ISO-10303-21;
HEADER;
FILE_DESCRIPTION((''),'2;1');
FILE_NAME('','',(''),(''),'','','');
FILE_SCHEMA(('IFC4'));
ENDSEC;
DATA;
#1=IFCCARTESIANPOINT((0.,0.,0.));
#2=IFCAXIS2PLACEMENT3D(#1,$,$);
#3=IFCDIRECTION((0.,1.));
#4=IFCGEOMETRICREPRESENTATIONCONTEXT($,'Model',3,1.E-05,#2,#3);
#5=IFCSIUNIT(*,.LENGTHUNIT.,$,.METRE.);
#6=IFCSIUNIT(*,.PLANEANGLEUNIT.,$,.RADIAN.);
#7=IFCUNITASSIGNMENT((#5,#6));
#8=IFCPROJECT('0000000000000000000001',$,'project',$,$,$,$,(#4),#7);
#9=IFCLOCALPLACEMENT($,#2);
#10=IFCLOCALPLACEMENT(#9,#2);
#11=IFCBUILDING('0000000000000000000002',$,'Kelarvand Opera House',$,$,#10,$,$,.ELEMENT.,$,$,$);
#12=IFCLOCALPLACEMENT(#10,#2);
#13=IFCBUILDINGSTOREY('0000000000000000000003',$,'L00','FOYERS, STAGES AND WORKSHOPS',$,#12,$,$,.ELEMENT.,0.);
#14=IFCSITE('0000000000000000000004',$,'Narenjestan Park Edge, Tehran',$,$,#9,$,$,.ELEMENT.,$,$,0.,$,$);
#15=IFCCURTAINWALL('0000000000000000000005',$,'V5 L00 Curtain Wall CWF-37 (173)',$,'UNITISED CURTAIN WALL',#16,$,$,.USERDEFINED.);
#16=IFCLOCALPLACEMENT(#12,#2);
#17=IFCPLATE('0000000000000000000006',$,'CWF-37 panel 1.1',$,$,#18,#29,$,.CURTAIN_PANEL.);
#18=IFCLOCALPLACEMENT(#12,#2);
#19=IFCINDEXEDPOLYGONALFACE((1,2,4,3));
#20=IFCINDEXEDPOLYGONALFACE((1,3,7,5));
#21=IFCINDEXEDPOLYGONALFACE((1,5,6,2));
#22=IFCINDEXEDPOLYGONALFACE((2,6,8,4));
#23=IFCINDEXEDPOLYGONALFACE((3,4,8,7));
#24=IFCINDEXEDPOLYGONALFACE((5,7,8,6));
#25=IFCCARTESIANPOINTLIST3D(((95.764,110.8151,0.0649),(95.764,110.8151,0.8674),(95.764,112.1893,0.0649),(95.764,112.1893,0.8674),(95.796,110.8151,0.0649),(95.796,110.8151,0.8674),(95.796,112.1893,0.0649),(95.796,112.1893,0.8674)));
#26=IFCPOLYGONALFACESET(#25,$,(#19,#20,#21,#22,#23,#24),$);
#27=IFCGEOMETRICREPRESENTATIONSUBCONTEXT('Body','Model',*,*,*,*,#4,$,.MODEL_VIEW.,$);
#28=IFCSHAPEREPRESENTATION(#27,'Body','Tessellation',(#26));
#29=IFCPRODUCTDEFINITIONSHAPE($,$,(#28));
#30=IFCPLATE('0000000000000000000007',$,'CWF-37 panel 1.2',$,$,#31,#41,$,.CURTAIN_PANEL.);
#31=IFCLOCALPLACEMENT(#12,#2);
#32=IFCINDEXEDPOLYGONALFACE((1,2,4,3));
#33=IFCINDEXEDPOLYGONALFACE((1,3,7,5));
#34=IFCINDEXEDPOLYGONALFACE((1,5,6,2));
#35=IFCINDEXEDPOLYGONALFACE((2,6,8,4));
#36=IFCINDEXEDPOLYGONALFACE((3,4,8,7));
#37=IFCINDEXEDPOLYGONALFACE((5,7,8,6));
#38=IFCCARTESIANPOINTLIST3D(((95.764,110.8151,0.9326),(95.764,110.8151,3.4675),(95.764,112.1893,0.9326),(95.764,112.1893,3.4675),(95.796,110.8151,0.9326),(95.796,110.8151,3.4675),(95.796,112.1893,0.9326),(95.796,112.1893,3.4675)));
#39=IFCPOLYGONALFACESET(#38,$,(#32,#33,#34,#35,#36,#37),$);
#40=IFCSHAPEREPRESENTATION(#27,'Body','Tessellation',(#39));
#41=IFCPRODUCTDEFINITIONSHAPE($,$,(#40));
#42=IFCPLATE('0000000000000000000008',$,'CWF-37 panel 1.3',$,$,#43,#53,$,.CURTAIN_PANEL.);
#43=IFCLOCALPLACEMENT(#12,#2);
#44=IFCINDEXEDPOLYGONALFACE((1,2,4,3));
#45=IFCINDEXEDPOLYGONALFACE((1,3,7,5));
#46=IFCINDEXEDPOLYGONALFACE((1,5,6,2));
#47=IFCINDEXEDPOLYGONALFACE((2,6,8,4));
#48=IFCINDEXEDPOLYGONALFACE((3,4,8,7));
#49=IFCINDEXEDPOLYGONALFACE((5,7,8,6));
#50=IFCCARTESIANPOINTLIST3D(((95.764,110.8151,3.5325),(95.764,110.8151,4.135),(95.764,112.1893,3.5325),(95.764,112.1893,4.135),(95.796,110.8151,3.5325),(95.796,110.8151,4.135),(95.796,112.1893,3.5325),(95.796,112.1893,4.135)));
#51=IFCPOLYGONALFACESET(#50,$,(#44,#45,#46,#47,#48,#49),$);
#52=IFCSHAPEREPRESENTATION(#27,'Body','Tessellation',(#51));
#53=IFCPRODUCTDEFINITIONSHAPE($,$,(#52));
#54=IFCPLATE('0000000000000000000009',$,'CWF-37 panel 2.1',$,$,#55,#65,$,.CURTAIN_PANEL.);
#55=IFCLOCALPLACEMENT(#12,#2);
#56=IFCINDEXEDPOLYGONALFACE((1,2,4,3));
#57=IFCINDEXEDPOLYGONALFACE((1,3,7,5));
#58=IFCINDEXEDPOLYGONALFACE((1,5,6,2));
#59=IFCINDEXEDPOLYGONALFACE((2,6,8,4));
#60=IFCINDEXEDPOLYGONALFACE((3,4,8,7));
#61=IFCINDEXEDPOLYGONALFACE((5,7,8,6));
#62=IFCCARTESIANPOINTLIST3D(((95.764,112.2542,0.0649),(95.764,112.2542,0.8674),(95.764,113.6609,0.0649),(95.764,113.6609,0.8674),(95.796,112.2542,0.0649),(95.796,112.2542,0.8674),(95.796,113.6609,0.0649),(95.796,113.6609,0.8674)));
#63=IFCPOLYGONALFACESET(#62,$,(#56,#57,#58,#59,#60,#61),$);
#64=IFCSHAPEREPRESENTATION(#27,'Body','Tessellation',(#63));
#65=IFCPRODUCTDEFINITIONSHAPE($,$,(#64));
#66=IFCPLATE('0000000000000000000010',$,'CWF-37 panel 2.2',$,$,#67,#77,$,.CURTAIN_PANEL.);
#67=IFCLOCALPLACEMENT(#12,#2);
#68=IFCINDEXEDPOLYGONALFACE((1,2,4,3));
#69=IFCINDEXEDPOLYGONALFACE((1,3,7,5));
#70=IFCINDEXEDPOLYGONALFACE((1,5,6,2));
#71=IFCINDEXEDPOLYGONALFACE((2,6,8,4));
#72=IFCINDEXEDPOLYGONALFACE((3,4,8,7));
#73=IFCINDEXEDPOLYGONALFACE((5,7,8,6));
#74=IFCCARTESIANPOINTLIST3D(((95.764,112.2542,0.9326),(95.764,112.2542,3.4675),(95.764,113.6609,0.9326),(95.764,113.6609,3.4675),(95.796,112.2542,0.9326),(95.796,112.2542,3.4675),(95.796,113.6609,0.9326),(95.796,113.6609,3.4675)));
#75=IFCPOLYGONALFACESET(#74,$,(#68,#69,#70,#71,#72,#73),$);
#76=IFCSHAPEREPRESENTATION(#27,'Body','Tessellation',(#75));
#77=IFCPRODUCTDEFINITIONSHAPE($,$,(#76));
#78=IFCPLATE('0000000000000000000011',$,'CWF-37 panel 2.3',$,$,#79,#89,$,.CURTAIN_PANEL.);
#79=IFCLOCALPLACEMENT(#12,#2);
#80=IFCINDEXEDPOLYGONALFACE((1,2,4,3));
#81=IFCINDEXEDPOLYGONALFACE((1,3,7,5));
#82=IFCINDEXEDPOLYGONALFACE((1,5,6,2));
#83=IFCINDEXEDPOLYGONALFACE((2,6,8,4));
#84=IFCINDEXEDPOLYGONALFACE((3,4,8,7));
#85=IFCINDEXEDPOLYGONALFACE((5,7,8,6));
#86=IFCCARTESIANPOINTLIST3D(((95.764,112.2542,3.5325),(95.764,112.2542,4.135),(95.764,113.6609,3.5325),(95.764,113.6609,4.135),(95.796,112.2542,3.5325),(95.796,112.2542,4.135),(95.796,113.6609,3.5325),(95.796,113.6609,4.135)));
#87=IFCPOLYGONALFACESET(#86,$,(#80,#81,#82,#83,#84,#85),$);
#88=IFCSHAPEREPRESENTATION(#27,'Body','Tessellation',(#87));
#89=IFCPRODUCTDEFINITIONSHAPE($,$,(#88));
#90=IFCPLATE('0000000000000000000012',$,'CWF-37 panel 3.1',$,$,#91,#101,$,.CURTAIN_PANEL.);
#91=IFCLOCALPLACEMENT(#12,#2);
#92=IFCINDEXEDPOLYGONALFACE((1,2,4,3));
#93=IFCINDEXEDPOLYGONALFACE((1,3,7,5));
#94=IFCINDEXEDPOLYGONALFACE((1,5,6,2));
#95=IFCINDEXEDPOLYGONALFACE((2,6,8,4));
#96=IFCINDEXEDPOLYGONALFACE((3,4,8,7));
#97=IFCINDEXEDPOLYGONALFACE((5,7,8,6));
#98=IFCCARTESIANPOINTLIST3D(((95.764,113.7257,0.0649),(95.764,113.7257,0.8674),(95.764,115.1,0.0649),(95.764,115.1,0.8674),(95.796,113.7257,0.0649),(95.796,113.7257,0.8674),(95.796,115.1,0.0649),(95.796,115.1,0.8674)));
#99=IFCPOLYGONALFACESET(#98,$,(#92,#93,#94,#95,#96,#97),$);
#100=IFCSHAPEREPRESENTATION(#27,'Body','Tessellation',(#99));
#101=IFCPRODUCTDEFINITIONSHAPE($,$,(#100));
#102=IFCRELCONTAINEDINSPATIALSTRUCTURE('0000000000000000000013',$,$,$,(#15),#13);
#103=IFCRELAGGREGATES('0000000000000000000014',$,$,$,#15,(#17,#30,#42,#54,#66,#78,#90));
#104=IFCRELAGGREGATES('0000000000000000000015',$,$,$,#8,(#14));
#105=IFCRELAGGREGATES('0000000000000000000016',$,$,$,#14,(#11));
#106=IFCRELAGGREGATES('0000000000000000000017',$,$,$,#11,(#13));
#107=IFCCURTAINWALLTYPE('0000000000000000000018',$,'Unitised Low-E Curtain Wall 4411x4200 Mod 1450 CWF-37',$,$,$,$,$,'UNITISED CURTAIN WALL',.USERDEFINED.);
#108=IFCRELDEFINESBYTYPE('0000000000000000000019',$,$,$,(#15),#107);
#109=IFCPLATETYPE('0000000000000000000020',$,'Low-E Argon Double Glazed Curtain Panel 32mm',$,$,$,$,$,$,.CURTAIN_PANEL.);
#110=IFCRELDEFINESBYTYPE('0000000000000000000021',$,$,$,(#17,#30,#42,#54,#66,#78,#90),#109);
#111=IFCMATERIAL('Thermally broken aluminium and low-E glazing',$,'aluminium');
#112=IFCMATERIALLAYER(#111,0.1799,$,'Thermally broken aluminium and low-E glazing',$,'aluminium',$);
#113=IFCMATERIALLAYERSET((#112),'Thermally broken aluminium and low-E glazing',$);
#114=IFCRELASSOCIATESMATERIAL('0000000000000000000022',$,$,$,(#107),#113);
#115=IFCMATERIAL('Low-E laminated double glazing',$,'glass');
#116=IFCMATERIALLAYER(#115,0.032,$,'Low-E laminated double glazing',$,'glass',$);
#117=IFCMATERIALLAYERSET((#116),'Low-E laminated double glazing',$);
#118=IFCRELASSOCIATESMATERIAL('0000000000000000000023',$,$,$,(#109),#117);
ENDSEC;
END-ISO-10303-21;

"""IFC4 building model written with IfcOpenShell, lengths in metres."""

from ifc_helpers import new_model, si_unit, direction, frame, origin, origin_2d, place, context, subcontext, project, spatial, rectangle, extrude, material, layer, layer_set, type_object, element, aggregate, save


model = new_model("IFC4")

# Units and contexts
model_context = context("Model", 3, precision=1e-05, world=origin(), true_north=direction((0.0, 1.0)))
body_context = subcontext(model_context, "Body", "Model", "MODEL_VIEW")
ifc_project = project(units=[si_unit("LENGTHUNIT", "METRE"), si_unit("PLANEANGLEUNIT", "RADIAN")], contexts=[model_context])

# Site, building, storey
site_placement = place(None, origin())
site = spatial("IfcSite", under=ifc_project, at=site_placement, Name="Narenjestan Park Edge, Tehran", CompositionType="ELEMENT", RefElevation=0.0)
building_placement = place(site_placement, origin())
building = spatial("IfcBuilding", under=site, at=building_placement, Name="Kelarvand Opera House", CompositionType="ELEMENT")
storey_placement = place(building_placement, origin())
storey = spatial("IfcBuildingStorey", under=building, at=storey_placement, Name="L00", Description="FOYERS, STAGES AND WORKSHOPS", CompositionType="ELEMENT", Elevation=0.0)

# Curtain wall
ifc_material_1 = material(Name="Thermally broken aluminium and low-E glazing", Category="aluminium")
ifc_layer_1 = layer(ifc_material_1, 0.1799, Name="Thermally broken aluminium and low-E glazing", Category="aluminium")
ifc_layer_set_1 = layer_set([ifc_layer_1], Name="Thermally broken aluminium and low-E glazing")
curtain_wall_type = type_object("IfcCurtainWallType", Name="Unitised Low-E Curtain Wall 4411x4200 Mod 1450 CWF-37", ElementType="UNITISED CURTAIN WALL", PredefinedType="USERDEFINED", material=ifc_layer_set_1)
curtain_wall_placement = place(storey_placement, origin())
curtain_wall = element("IfcCurtainWall", 1, at=curtain_wall_placement, inside=storey, type_object=curtain_wall_type, Name="V5 L00 Curtain Wall CWF-37 (173)", ObjectType="UNITISED CURTAIN WALL", PredefinedType="USERDEFINED")

# Plates
ifc_material_2 = material(Name="Low-E laminated double glazing", Category="glass")
ifc_layer_2 = layer(ifc_material_2, 0.032, Name="Low-E laminated double glazing", Category="glass")
ifc_layer_set_2 = layer_set([ifc_layer_2], Name="Low-E laminated double glazing")
plate_type = type_object("IfcPlateType", Name="Low-E Argon Double Glazed Curtain Panel 32mm", PredefinedType="CURTAIN_PANEL", material=ifc_layer_set_2)
plate_1_placement = place(storey_placement, frame((95.78, 111.5022, 0.0649), z_axis=(0.0, 0.0, 1.0), x_axis=(0.0, 1.0, 0.0)))
plate_1 = element("IfcPlate", 2, at=plate_1_placement, type_object=plate_type, Name="CWF-37 panel 1.1", PredefinedType="CURTAIN_PANEL", context=body_context, shape_type="SweptSolid", body=[
    extrude(rectangle(XDim=1.3743, YDim=0.032, at=origin_2d()), origin(), (0.0, 0.0, 1.0), 0.8025),
])
plate_2_placement = place(storey_placement, frame((95.78, 111.5022, 0.9326), z_axis=(0.0, 0.0, 1.0), x_axis=(0.0, 1.0, 0.0)))
plate_2 = element("IfcPlate", 3, at=plate_2_placement, type_object=plate_type, Name="CWF-37 panel 1.2", PredefinedType="CURTAIN_PANEL", context=body_context, shape_type="SweptSolid", body=[
    extrude(rectangle(XDim=1.3743, YDim=0.032, at=origin_2d()), origin(), (0.0, 0.0, 1.0), 2.5349),
])
plate_3_placement = place(storey_placement, frame((95.78, 111.5022, 3.5325), z_axis=(0.0, 0.0, 1.0), x_axis=(0.0, 1.0, 0.0)))
plate_3 = element("IfcPlate", 4, at=plate_3_placement, type_object=plate_type, Name="CWF-37 panel 1.3", PredefinedType="CURTAIN_PANEL", context=body_context, shape_type="SweptSolid", body=[
    extrude(rectangle(XDim=1.3743, YDim=0.032, at=origin_2d()), origin(), (0.0, 0.0, 1.0), 0.6025),
])
plate_4_placement = place(storey_placement, frame((95.78, 112.9575, 0.0649), z_axis=(0.0, 0.0, 1.0), x_axis=(0.0, 1.0, 0.0)))
plate_4 = element("IfcPlate", 5, at=plate_4_placement, type_object=plate_type, Name="CWF-37 panel 2.1", PredefinedType="CURTAIN_PANEL", context=body_context, shape_type="SweptSolid", body=[
    extrude(rectangle(XDim=1.4067, YDim=0.032, at=origin_2d()), origin(), (0.0, 0.0, 1.0), 0.8025),
])
plate_5_placement = place(storey_placement, frame((95.78, 112.9575, 0.9326), z_axis=(0.0, 0.0, 1.0), x_axis=(0.0, 1.0, 0.0)))
plate_5 = element("IfcPlate", 6, at=plate_5_placement, type_object=plate_type, Name="CWF-37 panel 2.2", PredefinedType="CURTAIN_PANEL", context=body_context, shape_type="SweptSolid", body=[
    extrude(rectangle(XDim=1.4067, YDim=0.032, at=origin_2d()), origin(), (0.0, 0.0, 1.0), 2.5349),
])
plate_6_placement = place(storey_placement, frame((95.78, 112.9575, 3.5325), z_axis=(0.0, 0.0, 1.0), x_axis=(0.0, 1.0, 0.0)))
plate_6 = element("IfcPlate", 7, at=plate_6_placement, type_object=plate_type, Name="CWF-37 panel 2.3", PredefinedType="CURTAIN_PANEL", context=body_context, shape_type="SweptSolid", body=[
    extrude(rectangle(XDim=1.4067, YDim=0.032, at=origin_2d()), origin(), (0.0, 0.0, 1.0), 0.6025),
])
plate_7_placement = place(storey_placement, frame((95.78, 114.4128, 0.0649), z_axis=(0.0, 0.0, 1.0), x_axis=(0.0, 1.0, 0.0)))
plate_7 = element("IfcPlate", 8, at=plate_7_placement, type_object=plate_type, Name="CWF-37 panel 3.1", PredefinedType="CURTAIN_PANEL", context=body_context, shape_type="SweptSolid", body=[
    extrude(rectangle(XDim=1.3743, YDim=0.032, at=origin_2d()), origin(), (0.0, 0.0, 1.0), 0.8025),
])
aggregate(curtain_wall, [plate_1, plate_2, plate_3, plate_4, plate_5, plate_6, plate_7])

save(model, "model.ifc")
